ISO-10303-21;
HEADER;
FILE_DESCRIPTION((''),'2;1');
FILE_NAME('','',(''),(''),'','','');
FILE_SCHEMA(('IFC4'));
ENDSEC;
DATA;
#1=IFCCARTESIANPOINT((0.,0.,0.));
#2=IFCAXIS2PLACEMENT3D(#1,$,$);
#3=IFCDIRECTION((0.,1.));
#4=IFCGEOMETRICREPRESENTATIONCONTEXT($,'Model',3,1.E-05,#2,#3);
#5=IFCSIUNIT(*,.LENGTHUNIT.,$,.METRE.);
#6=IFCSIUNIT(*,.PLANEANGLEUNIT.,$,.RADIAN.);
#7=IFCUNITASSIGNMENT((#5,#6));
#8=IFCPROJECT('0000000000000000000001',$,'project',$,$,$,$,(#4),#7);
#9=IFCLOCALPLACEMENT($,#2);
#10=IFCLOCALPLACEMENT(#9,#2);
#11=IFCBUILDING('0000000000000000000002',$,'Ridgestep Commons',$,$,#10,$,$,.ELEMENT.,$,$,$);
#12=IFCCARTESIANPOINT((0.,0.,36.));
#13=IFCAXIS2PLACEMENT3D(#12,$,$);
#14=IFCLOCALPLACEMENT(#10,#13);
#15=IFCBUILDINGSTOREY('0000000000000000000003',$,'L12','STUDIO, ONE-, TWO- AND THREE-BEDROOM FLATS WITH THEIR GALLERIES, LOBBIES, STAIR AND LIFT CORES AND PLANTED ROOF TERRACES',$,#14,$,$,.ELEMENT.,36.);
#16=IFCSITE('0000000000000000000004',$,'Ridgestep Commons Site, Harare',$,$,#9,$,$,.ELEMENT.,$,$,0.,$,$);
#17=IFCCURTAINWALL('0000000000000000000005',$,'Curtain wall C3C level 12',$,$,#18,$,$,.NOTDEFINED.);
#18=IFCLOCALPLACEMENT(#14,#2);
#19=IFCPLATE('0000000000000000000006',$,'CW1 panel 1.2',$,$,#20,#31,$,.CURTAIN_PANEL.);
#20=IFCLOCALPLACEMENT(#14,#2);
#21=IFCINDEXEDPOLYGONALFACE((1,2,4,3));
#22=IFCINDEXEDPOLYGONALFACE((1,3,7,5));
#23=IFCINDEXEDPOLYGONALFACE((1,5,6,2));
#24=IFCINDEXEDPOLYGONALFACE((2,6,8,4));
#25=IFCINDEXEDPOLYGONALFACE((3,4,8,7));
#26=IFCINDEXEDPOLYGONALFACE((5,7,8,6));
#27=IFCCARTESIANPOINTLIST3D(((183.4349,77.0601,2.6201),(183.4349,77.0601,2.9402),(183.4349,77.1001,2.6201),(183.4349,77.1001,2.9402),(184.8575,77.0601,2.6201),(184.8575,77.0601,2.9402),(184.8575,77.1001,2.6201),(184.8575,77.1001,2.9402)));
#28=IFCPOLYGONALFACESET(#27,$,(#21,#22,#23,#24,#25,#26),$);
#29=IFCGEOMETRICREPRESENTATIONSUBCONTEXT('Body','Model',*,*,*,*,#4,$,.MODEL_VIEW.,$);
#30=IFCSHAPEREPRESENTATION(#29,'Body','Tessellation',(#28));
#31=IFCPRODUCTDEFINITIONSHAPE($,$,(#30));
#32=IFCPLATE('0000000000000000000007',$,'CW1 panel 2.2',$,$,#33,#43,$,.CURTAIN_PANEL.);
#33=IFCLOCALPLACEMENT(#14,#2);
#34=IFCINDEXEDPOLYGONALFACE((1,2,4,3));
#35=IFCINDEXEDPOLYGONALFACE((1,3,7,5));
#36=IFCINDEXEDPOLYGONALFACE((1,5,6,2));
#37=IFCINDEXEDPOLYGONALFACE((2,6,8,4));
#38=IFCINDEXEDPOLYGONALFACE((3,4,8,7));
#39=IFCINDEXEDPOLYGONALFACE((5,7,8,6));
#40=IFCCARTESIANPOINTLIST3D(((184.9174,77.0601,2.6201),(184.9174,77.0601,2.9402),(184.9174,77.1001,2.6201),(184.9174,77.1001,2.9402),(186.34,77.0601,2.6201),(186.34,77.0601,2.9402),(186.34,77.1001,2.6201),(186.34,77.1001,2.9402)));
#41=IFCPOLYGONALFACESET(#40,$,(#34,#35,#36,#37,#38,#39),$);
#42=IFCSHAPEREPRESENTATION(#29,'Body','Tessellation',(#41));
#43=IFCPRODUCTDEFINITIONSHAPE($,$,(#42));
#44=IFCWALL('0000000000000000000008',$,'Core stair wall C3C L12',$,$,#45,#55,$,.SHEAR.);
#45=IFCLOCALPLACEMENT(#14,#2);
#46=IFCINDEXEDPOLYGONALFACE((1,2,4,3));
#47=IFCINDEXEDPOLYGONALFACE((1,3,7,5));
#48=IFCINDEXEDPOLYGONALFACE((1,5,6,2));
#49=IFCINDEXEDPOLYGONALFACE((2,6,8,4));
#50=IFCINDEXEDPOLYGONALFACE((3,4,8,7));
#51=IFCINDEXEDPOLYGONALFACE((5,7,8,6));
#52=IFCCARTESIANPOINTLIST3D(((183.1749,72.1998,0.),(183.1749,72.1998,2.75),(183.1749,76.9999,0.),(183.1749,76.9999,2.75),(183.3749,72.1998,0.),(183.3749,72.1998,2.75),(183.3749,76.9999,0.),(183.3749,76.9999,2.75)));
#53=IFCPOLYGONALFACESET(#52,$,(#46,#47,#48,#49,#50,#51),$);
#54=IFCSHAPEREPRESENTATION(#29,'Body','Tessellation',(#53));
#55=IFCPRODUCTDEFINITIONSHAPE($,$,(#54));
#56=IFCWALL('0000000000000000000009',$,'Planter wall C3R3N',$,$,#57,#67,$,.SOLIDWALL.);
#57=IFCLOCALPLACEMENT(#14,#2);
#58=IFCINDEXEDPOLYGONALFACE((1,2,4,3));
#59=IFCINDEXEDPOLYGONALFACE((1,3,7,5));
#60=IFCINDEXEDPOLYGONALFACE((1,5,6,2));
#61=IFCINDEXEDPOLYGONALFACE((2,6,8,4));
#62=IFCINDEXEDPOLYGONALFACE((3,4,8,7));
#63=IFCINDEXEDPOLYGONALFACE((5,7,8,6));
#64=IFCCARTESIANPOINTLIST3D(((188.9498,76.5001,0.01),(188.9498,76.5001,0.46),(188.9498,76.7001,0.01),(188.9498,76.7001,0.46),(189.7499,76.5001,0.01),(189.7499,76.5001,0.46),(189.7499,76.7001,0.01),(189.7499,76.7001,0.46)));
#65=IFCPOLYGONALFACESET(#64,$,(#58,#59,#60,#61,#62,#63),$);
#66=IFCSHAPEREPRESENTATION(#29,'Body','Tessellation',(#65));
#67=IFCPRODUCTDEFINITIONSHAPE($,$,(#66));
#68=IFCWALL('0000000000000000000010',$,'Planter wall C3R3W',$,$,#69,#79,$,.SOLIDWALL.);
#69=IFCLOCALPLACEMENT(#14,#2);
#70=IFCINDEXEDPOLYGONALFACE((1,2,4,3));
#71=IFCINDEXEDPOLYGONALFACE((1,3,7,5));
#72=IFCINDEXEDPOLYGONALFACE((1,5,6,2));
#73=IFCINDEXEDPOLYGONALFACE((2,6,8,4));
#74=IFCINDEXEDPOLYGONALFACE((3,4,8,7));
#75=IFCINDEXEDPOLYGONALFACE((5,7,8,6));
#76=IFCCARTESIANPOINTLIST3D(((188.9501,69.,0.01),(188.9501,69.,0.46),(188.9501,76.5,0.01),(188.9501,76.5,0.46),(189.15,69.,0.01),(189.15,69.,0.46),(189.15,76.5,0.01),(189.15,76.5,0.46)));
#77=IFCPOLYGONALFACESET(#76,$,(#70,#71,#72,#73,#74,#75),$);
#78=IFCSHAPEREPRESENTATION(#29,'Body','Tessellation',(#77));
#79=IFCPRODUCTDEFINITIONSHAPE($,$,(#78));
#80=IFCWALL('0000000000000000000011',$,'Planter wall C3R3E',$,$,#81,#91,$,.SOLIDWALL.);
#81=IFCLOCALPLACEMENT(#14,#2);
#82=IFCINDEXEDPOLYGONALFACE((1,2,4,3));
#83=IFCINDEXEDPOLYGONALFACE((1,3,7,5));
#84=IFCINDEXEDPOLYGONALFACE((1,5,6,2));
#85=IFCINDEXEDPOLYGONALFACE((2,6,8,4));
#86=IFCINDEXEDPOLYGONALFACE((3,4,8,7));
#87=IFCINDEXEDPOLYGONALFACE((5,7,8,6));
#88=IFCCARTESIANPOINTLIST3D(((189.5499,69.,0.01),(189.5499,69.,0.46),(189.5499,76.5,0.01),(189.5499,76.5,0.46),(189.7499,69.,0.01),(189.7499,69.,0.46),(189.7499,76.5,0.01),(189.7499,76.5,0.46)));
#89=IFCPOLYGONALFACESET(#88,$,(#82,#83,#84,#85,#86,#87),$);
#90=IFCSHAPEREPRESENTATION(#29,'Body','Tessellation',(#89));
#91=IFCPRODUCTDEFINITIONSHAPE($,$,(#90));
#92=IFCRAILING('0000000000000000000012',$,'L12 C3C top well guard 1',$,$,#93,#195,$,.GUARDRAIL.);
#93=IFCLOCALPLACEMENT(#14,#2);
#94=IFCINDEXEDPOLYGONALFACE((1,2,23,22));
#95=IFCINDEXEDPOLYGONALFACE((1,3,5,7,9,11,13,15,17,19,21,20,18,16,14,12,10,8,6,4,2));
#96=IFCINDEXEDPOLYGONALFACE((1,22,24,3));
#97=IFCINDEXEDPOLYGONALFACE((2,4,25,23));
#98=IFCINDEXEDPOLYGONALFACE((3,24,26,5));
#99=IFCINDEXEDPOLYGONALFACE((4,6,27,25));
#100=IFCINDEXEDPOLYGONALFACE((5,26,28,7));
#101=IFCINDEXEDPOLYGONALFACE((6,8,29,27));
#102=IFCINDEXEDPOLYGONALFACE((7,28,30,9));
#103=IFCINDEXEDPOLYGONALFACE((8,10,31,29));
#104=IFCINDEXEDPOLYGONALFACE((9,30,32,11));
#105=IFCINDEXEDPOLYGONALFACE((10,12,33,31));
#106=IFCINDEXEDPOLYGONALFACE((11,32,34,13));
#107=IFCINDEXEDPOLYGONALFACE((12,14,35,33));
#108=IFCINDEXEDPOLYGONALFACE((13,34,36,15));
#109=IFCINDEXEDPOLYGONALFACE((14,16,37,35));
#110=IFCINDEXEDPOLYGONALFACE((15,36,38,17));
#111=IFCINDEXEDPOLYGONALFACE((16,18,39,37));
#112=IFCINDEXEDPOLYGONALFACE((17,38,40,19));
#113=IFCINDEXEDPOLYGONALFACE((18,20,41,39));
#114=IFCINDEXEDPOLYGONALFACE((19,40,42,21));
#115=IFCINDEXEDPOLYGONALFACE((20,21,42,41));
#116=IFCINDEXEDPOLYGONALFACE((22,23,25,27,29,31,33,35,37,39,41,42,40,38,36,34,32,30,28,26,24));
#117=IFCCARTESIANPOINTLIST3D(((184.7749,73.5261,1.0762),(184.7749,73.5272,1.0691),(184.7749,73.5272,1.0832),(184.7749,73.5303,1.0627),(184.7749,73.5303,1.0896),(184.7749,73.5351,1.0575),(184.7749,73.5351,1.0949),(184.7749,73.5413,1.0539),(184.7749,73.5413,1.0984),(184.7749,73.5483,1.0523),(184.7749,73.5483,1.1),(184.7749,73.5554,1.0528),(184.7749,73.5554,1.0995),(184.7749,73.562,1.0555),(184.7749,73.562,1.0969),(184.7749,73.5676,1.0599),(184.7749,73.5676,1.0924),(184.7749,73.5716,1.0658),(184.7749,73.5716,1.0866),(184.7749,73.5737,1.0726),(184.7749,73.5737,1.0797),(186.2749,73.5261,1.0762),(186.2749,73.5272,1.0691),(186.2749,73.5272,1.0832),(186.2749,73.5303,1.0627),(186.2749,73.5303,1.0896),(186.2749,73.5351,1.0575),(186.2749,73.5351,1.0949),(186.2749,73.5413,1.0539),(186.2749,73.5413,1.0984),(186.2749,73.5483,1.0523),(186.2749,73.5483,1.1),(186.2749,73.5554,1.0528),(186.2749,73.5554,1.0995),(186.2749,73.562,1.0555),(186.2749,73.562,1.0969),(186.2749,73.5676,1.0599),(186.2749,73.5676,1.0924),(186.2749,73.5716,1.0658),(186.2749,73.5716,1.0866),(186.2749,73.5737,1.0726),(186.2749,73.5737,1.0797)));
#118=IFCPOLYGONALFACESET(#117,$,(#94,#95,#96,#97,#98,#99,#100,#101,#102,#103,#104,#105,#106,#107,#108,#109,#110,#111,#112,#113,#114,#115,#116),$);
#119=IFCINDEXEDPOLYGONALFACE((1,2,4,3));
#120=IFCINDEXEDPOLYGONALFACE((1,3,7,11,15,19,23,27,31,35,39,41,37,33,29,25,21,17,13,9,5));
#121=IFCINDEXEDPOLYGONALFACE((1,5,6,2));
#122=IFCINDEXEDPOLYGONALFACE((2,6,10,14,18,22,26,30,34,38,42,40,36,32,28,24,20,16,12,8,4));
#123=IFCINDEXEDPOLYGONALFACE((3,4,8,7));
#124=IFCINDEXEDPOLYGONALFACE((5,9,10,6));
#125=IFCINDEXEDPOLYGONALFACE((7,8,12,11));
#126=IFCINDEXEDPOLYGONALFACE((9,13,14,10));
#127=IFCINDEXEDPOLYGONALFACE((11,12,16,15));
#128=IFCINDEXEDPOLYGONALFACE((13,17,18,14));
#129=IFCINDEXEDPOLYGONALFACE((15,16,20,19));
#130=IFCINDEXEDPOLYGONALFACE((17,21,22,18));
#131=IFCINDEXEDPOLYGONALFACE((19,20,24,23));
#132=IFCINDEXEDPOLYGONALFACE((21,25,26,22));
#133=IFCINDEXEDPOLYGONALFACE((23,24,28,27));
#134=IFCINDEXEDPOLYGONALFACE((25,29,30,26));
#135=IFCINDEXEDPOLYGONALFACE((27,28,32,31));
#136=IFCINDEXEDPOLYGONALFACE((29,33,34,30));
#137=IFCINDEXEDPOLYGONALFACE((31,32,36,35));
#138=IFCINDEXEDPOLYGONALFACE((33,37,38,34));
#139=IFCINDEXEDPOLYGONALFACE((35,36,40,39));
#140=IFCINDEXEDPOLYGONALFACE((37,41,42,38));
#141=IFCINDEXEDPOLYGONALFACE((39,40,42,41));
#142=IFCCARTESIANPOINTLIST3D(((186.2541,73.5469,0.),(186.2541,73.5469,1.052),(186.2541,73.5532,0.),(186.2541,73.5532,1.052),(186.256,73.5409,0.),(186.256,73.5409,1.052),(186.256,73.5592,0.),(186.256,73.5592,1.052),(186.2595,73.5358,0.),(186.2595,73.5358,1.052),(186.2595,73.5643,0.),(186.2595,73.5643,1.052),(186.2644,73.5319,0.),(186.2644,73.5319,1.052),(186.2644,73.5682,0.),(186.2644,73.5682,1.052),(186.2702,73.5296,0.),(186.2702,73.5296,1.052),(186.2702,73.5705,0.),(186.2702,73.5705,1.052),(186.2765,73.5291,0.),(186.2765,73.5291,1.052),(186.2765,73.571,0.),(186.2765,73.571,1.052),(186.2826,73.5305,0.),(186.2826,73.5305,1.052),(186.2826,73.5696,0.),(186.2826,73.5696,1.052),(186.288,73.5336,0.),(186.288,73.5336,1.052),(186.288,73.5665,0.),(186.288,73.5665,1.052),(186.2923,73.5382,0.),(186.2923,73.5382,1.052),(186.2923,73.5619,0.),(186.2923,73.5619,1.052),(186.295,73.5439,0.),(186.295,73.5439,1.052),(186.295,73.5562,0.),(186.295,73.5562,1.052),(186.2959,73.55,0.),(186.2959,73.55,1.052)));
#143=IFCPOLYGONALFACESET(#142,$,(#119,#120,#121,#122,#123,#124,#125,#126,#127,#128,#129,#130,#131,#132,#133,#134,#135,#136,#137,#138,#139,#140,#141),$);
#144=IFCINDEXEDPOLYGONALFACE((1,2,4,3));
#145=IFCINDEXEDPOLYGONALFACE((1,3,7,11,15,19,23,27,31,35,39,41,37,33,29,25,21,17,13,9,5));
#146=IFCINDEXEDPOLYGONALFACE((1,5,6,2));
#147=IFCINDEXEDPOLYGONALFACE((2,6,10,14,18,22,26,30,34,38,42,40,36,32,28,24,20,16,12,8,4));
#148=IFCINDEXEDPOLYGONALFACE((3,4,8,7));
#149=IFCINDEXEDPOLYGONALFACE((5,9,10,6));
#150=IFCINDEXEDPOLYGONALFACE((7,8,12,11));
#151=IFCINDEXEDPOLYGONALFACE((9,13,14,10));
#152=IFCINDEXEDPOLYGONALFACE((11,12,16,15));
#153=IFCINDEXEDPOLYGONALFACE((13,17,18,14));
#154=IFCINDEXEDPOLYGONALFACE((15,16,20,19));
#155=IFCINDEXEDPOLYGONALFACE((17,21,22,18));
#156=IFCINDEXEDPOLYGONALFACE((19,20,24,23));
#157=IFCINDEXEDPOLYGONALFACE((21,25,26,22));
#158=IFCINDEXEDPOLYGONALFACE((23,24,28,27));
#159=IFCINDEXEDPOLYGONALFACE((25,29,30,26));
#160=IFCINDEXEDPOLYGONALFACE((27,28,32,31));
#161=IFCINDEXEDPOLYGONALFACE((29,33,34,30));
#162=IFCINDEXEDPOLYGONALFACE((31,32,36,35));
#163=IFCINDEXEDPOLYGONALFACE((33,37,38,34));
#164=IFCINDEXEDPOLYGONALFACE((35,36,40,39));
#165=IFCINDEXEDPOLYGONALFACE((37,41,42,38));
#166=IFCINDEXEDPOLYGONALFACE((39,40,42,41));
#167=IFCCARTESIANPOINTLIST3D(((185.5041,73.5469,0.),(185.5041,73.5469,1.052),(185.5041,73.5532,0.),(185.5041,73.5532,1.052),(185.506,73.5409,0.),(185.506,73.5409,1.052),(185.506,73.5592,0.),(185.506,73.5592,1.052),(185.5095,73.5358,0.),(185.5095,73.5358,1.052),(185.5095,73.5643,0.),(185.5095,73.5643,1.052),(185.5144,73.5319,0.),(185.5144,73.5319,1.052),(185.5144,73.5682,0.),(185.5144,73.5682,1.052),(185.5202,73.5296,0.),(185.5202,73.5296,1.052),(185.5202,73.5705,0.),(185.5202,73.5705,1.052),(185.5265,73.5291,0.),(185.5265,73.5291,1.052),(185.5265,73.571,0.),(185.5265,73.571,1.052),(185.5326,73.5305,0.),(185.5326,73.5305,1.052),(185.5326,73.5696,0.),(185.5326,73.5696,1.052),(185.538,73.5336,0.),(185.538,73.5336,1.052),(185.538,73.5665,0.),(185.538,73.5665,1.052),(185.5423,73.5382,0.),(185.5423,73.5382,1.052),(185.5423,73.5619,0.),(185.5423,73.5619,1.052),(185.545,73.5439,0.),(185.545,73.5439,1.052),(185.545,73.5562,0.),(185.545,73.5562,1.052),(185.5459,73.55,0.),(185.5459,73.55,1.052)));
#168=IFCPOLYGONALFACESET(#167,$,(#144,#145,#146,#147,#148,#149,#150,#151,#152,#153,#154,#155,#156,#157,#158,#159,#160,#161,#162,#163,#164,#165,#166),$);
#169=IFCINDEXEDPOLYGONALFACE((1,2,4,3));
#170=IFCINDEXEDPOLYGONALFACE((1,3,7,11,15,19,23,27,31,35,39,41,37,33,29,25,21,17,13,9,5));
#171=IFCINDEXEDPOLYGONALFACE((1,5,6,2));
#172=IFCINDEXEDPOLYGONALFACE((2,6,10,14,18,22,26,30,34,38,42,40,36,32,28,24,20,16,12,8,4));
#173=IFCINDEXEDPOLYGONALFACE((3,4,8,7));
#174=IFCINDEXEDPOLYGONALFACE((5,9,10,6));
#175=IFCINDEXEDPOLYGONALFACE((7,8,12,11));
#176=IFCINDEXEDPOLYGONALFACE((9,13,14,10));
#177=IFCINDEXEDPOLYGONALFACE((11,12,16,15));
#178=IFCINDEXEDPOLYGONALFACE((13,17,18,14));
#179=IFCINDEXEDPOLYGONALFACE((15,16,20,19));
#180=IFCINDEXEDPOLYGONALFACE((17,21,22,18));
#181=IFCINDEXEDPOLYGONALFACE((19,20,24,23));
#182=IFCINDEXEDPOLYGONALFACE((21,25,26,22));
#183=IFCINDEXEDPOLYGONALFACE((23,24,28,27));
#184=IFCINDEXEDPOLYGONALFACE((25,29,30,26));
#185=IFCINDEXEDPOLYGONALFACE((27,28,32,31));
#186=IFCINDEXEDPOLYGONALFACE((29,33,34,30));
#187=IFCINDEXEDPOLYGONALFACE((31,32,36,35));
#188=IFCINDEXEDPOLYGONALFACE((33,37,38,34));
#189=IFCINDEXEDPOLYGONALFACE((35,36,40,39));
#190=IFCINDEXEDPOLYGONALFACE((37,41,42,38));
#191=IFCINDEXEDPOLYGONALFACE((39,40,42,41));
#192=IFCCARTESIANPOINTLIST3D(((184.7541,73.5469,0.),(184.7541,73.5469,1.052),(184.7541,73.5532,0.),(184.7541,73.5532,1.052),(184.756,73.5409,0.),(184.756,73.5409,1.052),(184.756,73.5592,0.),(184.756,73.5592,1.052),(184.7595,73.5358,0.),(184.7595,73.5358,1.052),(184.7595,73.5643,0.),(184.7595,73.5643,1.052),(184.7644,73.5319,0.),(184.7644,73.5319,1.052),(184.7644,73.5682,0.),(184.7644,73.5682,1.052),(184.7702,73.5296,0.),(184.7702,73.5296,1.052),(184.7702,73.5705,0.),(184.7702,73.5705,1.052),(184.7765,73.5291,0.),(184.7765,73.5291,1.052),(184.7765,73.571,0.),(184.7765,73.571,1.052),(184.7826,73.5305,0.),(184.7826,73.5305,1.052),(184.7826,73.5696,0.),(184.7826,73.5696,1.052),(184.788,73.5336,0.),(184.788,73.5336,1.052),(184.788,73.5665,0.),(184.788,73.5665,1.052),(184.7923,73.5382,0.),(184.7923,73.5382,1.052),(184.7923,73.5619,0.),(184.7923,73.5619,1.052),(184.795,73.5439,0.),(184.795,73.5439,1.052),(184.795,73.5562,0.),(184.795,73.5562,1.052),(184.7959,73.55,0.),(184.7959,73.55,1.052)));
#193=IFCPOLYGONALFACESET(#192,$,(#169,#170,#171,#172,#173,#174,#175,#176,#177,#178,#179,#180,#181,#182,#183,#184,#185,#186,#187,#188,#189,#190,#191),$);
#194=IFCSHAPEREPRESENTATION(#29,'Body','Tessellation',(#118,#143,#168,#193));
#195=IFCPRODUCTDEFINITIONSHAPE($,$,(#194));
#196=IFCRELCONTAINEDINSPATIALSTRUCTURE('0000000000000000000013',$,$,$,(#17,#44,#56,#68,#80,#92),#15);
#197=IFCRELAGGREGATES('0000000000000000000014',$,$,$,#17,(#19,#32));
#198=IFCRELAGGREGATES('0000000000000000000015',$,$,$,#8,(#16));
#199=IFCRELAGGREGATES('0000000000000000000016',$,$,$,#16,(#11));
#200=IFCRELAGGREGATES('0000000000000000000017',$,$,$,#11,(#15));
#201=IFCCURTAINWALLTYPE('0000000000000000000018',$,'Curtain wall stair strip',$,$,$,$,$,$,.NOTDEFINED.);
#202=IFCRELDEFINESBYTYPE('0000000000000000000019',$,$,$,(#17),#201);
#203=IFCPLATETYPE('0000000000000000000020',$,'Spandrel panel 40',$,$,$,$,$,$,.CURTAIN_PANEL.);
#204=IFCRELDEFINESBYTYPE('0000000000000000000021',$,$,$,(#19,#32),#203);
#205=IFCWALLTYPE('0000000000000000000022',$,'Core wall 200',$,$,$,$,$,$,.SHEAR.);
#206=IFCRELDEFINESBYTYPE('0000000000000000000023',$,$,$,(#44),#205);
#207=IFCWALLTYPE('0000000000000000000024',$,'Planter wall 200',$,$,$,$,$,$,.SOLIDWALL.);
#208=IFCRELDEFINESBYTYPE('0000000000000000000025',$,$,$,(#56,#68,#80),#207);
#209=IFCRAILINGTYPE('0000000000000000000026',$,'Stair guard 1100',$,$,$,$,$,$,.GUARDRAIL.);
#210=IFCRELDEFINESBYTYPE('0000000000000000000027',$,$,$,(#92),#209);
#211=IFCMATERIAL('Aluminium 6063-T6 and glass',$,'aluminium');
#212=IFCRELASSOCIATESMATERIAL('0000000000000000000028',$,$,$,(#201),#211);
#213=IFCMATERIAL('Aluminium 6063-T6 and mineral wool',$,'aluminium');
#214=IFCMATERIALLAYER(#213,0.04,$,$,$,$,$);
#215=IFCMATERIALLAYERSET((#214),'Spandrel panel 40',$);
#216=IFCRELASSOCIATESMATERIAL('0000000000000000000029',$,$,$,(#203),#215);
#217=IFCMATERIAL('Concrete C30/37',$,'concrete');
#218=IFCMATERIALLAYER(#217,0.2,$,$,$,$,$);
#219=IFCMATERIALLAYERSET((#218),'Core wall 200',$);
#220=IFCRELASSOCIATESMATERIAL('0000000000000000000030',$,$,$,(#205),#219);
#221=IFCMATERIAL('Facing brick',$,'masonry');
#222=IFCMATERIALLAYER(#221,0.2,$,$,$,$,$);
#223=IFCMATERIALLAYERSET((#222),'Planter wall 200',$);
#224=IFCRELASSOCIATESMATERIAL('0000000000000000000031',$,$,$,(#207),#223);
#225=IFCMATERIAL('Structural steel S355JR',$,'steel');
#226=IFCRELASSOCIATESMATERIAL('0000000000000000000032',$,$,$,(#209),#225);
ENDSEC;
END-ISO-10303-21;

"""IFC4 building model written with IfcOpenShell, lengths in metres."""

from ifc_helpers import new_model, si_unit, direction, frame, frame_2d, origin, origin_2d, place, context, subcontext, project, spatial, rectangle, circle, extrude, material, layer, layer_set, type_object, element, aggregate, save


model = new_model("IFC4")

# Units and contexts
model_context = context("Model", 3, precision=1e-05, world=origin(), true_north=direction((0.0, 1.0)))
body_context = subcontext(model_context, "Body", "Model", "MODEL_VIEW")
ifc_project = project(units=[si_unit("LENGTHUNIT", "METRE"), si_unit("PLANEANGLEUNIT", "RADIAN")], contexts=[model_context])

# Site, building, storey
site_placement = place(None, origin())
site = spatial("IfcSite", under=ifc_project, at=site_placement, Name="Ridgestep Commons Site, Harare", CompositionType="ELEMENT", RefElevation=0.0)
building_placement = place(site_placement, origin())
building = spatial("IfcBuilding", under=site, at=building_placement, Name="Ridgestep Commons", CompositionType="ELEMENT")
storey_placement = place(building_placement, frame((0.0, 0.0, 36.0)))
storey = spatial("IfcBuildingStorey", under=building, at=storey_placement, Name="L12", Description="STUDIO, ONE-, TWO- AND THREE-BEDROOM FLATS WITH THEIR GALLERIES, LOBBIES, STAIR AND LIFT CORES AND PLANTED ROOF TERRACES", CompositionType="ELEMENT", Elevation=36.0)

# Curtain wall, plates
ifc_material_1 = material(Name="Aluminium 6063-T6 and glass", Category="aluminium")
curtain_wall_type = type_object("IfcCurtainWallType", Name="Curtain wall stair strip", PredefinedType="NOTDEFINED", material=ifc_material_1)
curtain_wall_placement = place(storey_placement, origin())
curtain_wall = element("IfcCurtainWall", 1, at=curtain_wall_placement, inside=storey, type_object=curtain_wall_type, Name="Curtain wall C3C level 12", PredefinedType="NOTDEFINED")
ifc_material_2 = material(Name="Aluminium 6063-T6 and mineral wool", Category="aluminium")
ifc_layer_1 = layer(ifc_material_2, 0.04)
ifc_layer_set_1 = layer_set([ifc_layer_1], Name="Spandrel panel 40")
plate_type_1 = type_object("IfcPlateType", Name="Spandrel panel 40", PredefinedType="CURTAIN_PANEL", material=ifc_layer_set_1)
plate_1_placement = place(storey_placement, frame((184.1462, 77.0801, 2.6201), z_axis=(0.0, 0.0, 1.0), x_axis=(1.0, 0.0, 0.0)))
plate_1 = element("IfcPlate", 2, at=plate_1_placement, type_object=plate_type_1, Name="CW1 panel 1.2", PredefinedType="CURTAIN_PANEL", context=body_context, shape_type="SweptSolid", body=[
    extrude(rectangle(XDim=1.4226, YDim=0.04, at=origin_2d()), origin(), (0.0, 0.0, 1.0), 0.3201),
])
plate_2_placement = place(storey_placement, frame((185.6287, 77.0801, 2.6201), z_axis=(0.0, 0.0, 1.0), x_axis=(1.0, 0.0, 0.0)))
plate_2 = element("IfcPlate", 3, at=plate_2_placement, type_object=plate_type_1, Name="CW1 panel 2.2", PredefinedType="CURTAIN_PANEL", context=body_context, shape_type="SweptSolid", body=[
    extrude(rectangle(XDim=1.4226, YDim=0.04, at=origin_2d()), origin(), (0.0, 0.0, 1.0), 0.3201),
])
aggregate(curtain_wall, [plate_1, plate_2])

# Walls
ifc_material_3 = material(Name="Concrete C30/37", Category="concrete")
ifc_layer_2 = layer(ifc_material_3, 0.2)
ifc_layer_set_2 = layer_set([ifc_layer_2], Name="Core wall 200")
wall_type_1 = type_object("IfcWallType", Name="Core wall 200", PredefinedType="SHEAR", material=ifc_layer_set_2)
wall_1_placement = place(storey_placement, frame((183.2749, 72.2, 0.0), z_axis=(0.0, 0.0, 1.0), x_axis=(0.0, 1.0, 0.0)))
element("IfcWall", 4, at=wall_1_placement, inside=storey, type_object=wall_type_1, Name="Core stair wall C3C L12", PredefinedType="SHEAR", context=body_context, shape_type="SweptSolid", body=[
    extrude(rectangle(XDim=4.8, YDim=0.2, at=frame_2d((2.3999, 0.0))), origin(), (0.0, 0.0, 1.0), 2.75),
])
ifc_material_4 = material(Name="Facing brick", Category="masonry")
ifc_layer_3 = layer(ifc_material_4, 0.2)
ifc_layer_set_3 = layer_set([ifc_layer_3], Name="Planter wall 200")
wall_type_2 = type_object("IfcWallType", Name="Planter wall 200", PredefinedType="SOLIDWALL", material=ifc_layer_set_3)
wall_2_placement = place(storey_placement, frame((188.95, 76.6001, 0.01), z_axis=(0.0, 0.0, 1.0), x_axis=(1.0, 0.0, 0.0)))
element("IfcWall", 5, at=wall_2_placement, inside=storey, type_object=wall_type_2, Name="Planter wall C3R3N", PredefinedType="SOLIDWALL", context=body_context, shape_type="SweptSolid", body=[
    extrude(rectangle(XDim=0.8, YDim=0.2, at=frame_2d((0.3999, 0.0))), origin(), (0.0, 0.0, 1.0), 0.45),
])
for number, where, z_axis, x_axis, name in (
    (6, (189.05, 69.0, 0.01), (0.0, 0.0, 1.0), (0.0, 1.0, 0.0), "Planter wall C3R3W"),
    (7, (189.6499, 69.0, 0.01), (0.0, 0.0, 1.0), (0.0, 1.0, 0.0), "Planter wall C3R3E"),
):
    element("IfcWall", number, at=place(storey_placement, frame(where, z_axis=z_axis, x_axis=x_axis)), inside=storey, type_object=wall_type_2, Name=name, PredefinedType="SOLIDWALL", context=body_context, shape_type="SweptSolid", body=[
        extrude(rectangle(XDim=7.5, YDim=0.2, at=frame_2d((3.75, 0.0))), origin(), (0.0, 0.0, 1.0), 0.45),
    ])

# Railing
ifc_material_5 = material(Name="Structural steel S355JR", Category="steel")
railing_type = type_object("IfcRailingType", Name="Stair guard 1100", PredefinedType="GUARDRAIL", material=ifc_material_5)
railing_placement = place(storey_placement, frame((186.2749, 73.55, 0.0)))
element("IfcRailing", 8, at=railing_placement, inside=storey, type_object=railing_type, Name="L12 C3C top well guard 1", PredefinedType="GUARDRAIL", context=body_context, shape_type="SweptSolid", body=[
    extrude(circle(Radius=0.0239, at=origin_2d()), frame((0.0, 0.0, 1.0762), z_axis=(-1.0, 0.0, 0.0), x_axis=(0.0, -1.0, 0.0)), (0.0, 0.0, 1.0), 1.5),
    extrude(circle(Radius=0.021, at=origin_2d()), origin(), (0.0, 0.0, 1.0), 1.052),
    extrude(circle(Radius=0.021, at=origin_2d()), frame((-0.75, 0.0, 0.0)), (0.0, 0.0, 1.0), 1.052),
    extrude(circle(Radius=0.021, at=origin_2d()), frame((-1.5, 0.0, 0.0)), (0.0, 0.0, 1.0), 1.052),
])

save(model, "model.ifc")
